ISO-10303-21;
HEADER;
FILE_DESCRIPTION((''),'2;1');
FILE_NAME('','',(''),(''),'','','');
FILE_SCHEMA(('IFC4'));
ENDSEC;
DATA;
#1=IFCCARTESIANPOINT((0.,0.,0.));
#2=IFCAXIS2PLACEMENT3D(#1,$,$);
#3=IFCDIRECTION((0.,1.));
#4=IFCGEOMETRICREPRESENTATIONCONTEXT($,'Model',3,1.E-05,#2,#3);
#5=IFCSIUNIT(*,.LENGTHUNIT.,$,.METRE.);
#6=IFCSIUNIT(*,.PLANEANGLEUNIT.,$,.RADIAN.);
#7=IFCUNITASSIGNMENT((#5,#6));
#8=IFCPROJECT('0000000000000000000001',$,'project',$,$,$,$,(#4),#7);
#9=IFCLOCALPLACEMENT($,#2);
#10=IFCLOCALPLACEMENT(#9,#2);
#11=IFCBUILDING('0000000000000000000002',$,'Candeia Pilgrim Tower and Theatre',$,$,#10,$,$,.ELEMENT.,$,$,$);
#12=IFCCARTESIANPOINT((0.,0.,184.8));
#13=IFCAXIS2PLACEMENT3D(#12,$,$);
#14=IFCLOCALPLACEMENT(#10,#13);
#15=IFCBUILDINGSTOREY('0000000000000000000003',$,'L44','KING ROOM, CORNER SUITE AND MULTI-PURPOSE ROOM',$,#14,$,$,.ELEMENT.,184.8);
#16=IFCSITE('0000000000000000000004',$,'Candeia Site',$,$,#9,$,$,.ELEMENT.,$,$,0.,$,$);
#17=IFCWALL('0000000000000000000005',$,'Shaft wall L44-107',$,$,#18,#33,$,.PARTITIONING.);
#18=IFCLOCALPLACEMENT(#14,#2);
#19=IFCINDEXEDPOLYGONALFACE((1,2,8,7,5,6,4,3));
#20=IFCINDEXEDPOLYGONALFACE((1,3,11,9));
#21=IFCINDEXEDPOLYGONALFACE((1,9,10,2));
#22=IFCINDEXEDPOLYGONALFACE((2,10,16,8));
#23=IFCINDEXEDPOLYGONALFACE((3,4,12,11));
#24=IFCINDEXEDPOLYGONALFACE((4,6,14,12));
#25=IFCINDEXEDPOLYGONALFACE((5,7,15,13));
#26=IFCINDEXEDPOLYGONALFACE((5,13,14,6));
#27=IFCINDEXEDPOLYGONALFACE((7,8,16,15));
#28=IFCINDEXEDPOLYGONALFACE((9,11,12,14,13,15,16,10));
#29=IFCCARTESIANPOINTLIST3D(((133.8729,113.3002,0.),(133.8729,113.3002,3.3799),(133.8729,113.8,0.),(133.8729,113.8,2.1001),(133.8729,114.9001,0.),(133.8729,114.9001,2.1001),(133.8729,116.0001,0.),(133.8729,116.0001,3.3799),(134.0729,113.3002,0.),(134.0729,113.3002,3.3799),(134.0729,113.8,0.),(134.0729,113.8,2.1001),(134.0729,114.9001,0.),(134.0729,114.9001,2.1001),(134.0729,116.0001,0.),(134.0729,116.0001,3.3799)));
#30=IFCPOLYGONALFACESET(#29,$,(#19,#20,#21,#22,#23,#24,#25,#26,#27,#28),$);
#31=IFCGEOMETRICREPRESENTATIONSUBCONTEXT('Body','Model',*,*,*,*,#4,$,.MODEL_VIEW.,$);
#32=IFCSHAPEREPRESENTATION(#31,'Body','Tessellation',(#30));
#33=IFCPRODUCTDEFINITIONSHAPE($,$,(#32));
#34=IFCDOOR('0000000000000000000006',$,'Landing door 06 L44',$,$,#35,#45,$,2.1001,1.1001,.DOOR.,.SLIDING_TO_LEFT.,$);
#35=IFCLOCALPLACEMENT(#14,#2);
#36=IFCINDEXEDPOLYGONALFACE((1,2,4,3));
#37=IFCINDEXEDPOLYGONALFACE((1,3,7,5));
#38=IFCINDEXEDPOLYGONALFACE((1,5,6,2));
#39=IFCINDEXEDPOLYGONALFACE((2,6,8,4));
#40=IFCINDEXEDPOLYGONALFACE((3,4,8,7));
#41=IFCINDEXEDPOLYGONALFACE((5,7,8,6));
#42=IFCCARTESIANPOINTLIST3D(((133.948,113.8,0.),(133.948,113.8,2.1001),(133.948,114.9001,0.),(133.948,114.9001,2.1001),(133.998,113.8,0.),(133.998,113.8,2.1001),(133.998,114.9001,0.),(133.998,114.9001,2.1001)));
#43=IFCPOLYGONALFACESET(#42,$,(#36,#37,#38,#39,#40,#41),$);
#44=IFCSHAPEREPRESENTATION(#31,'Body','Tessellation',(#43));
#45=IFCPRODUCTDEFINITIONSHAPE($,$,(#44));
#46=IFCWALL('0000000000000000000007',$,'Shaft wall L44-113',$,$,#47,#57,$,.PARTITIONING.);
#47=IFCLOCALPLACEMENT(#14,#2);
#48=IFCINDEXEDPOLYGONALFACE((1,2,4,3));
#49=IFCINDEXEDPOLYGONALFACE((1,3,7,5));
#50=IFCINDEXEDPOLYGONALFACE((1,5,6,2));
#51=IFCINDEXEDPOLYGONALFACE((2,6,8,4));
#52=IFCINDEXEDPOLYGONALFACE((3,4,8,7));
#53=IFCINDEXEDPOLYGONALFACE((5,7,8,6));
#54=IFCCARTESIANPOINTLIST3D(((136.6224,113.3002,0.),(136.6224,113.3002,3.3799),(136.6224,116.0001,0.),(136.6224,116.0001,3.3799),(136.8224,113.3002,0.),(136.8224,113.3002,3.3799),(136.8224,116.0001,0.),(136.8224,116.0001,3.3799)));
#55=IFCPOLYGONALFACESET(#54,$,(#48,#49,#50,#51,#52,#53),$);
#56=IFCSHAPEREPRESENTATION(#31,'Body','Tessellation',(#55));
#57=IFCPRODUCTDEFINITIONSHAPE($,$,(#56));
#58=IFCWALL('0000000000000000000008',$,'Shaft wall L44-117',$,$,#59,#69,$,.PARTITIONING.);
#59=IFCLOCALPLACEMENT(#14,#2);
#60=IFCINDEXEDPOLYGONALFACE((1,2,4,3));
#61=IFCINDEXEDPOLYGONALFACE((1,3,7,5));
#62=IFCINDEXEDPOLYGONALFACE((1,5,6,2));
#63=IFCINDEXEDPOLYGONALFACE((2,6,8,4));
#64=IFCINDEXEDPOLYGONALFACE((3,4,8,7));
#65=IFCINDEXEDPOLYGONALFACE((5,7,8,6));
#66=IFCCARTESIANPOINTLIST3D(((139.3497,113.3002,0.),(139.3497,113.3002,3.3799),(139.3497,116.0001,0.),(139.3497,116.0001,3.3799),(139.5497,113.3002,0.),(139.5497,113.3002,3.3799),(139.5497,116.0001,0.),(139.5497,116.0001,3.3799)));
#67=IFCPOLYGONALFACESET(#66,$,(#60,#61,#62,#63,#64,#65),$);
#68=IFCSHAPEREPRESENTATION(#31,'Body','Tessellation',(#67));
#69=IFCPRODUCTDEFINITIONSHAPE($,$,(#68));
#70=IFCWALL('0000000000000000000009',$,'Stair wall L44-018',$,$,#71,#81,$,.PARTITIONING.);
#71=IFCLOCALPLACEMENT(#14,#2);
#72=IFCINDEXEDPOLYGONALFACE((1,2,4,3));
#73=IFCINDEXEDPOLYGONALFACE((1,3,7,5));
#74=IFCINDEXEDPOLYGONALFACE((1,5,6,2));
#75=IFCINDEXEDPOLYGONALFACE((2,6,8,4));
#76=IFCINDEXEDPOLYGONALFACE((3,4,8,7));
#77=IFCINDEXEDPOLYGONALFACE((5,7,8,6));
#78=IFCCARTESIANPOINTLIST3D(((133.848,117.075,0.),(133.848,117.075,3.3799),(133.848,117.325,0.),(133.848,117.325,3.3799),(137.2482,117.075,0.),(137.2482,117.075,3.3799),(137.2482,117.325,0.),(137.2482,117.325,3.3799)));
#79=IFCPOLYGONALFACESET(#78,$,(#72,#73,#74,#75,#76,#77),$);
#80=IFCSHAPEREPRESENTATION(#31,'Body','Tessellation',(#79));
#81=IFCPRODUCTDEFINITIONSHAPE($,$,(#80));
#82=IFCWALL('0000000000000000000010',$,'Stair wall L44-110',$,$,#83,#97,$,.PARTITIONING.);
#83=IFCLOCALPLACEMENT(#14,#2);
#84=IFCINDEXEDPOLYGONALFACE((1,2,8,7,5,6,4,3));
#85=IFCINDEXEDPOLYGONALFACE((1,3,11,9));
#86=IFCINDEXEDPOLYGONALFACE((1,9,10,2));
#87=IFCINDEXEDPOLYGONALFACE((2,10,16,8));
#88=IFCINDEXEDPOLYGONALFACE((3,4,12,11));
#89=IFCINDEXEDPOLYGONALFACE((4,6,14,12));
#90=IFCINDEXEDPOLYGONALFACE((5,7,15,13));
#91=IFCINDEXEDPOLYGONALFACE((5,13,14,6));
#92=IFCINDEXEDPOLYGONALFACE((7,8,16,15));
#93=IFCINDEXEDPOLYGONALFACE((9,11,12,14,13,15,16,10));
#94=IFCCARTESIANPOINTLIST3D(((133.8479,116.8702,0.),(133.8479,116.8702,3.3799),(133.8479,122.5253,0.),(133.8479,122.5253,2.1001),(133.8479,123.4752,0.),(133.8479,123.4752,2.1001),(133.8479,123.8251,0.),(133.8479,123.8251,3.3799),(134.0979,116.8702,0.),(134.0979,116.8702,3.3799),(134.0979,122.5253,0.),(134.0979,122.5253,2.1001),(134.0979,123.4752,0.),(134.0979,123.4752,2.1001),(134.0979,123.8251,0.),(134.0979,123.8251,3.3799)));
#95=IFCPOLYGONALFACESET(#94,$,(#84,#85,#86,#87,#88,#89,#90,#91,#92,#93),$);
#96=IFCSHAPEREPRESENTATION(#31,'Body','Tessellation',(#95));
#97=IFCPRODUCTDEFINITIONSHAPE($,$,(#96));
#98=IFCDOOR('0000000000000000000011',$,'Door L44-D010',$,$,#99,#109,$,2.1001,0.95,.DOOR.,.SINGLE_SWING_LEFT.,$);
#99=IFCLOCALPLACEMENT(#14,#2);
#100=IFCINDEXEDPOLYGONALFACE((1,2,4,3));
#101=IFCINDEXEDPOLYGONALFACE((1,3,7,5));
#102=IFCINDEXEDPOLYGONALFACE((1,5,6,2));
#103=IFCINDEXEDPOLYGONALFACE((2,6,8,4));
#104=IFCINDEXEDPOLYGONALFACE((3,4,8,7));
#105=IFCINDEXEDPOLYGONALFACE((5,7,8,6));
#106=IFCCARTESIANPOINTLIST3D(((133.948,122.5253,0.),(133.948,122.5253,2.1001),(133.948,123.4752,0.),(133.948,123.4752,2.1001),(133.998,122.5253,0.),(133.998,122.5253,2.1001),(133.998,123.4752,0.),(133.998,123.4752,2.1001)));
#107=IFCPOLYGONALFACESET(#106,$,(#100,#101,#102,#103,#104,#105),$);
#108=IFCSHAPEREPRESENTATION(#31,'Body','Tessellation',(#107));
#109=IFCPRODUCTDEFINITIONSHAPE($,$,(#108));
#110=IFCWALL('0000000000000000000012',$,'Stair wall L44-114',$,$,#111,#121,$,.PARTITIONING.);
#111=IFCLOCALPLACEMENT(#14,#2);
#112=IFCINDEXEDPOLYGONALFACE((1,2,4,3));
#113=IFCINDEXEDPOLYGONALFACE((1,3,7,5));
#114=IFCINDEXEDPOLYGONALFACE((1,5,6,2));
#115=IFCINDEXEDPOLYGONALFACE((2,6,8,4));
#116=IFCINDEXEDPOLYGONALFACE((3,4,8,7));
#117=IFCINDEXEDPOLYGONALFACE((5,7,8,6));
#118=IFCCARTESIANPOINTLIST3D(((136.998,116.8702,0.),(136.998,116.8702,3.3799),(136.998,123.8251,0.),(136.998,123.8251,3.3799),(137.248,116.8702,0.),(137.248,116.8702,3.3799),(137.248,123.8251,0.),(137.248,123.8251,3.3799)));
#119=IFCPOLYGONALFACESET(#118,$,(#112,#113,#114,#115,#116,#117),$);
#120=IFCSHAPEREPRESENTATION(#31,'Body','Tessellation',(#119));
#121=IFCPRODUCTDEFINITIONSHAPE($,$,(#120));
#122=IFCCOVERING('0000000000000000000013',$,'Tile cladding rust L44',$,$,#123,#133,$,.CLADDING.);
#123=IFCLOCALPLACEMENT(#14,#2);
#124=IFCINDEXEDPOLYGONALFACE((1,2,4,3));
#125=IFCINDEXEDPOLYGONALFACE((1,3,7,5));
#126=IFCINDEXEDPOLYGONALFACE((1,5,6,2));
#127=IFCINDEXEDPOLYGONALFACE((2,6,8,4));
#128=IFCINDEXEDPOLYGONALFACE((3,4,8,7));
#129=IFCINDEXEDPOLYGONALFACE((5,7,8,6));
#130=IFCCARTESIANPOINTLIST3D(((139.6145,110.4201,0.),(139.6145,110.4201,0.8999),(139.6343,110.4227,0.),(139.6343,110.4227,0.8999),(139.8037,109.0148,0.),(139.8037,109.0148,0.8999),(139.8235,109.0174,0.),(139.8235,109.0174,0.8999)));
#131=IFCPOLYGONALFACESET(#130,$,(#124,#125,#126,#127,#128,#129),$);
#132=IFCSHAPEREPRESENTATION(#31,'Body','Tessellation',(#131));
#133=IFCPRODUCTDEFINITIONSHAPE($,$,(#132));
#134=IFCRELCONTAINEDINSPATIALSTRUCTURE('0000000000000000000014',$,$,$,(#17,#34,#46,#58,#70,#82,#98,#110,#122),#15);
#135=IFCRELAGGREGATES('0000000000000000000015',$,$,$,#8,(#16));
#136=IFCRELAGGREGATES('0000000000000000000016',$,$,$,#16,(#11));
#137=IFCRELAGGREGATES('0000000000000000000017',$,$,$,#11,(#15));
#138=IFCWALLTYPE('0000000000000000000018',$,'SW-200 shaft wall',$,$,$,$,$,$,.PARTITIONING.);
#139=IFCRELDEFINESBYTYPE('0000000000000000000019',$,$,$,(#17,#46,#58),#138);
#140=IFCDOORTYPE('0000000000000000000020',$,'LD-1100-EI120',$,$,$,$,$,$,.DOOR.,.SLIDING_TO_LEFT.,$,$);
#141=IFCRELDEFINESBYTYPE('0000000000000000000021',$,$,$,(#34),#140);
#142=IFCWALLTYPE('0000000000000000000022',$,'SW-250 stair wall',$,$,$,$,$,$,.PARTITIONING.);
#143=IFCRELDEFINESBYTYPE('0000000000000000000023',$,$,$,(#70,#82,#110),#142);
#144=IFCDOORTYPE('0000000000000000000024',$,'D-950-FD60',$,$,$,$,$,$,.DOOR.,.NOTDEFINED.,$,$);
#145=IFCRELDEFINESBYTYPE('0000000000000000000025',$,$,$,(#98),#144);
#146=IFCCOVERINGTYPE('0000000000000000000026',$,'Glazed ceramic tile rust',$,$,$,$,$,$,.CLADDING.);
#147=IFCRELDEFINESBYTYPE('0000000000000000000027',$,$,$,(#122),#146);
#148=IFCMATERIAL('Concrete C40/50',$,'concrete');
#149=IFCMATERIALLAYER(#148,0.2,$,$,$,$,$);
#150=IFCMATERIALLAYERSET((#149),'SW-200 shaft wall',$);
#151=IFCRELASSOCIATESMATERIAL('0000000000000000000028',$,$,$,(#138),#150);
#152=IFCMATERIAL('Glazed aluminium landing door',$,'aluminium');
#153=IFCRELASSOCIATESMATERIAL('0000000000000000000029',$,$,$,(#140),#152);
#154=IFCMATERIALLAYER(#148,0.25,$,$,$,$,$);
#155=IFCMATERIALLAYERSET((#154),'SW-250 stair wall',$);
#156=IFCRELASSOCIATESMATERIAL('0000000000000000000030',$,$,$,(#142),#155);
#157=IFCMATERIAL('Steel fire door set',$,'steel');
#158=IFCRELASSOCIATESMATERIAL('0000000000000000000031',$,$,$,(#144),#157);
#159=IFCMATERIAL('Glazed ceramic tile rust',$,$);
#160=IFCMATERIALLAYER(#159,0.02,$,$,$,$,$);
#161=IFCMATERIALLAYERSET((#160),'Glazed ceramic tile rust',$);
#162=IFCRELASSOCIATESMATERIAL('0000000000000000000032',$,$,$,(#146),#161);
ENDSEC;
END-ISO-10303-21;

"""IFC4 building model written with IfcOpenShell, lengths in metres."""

from ifc_helpers import new_model, si_unit, direction, frame, frame_2d, origin, origin_2d, place, context, subcontext, project, spatial, rectangle, extrude, material, layer, layer_set, type_object, element, fill, save


model = new_model("IFC4")

# Units and contexts
model_context = context("Model", 3, precision=1e-05, world=origin(), true_north=direction((0.0, 1.0)))
body_context = subcontext(model_context, "Body", "Model", "MODEL_VIEW")
ifc_project = project(units=[si_unit("LENGTHUNIT", "METRE"), si_unit("PLANEANGLEUNIT", "RADIAN")], contexts=[model_context])

# Site, building, storey
site_placement = place(None, origin())
site = spatial("IfcSite", under=ifc_project, at=site_placement, Name="Candeia Site", CompositionType="ELEMENT", RefElevation=0.0)
building_placement = place(site_placement, origin())
building = spatial("IfcBuilding", under=site, at=building_placement, Name="Candeia Pilgrim Tower and Theatre", CompositionType="ELEMENT")
storey_placement = place(building_placement, frame((0.0, 0.0, 184.8)))
storey = spatial("IfcBuildingStorey", under=building, at=storey_placement, Name="L44", Description="KING ROOM, CORNER SUITE AND MULTI-PURPOSE ROOM", CompositionType="ELEMENT", Elevation=184.8)

# Shared definitions
ifc_material_1 = material(Name="Steel fire door set", Category="steel")

# Wall, opening, door
ifc_material_2 = material(Name="Concrete C40/50", Category="concrete")
ifc_layer_1 = layer(ifc_material_2, 0.2)
ifc_layer_set_1 = layer_set([ifc_layer_1], Name="SW-200 shaft wall")
wall_type_1 = type_object("IfcWallType", Name="SW-200 shaft wall", PredefinedType="PARTITIONING", material=ifc_layer_set_1)
wall_1_placement = place(storey_placement, frame((133.9729, 113.3, 0.0), z_axis=(0.0, 0.0, 1.0), x_axis=(0.0, 1.0, 0.0)))
wall_1 = element("IfcWall", 1, at=wall_1_placement, inside=storey, type_object=wall_type_1, Name="Shaft wall L44-107", PredefinedType="PARTITIONING", context=body_context, shape_type="SweptSolid", body=[
    extrude(rectangle(XDim=2.7, YDim=0.2, at=frame_2d((1.3501, 0.0))), origin(), (0.0, 0.0, 1.0), 3.3799),
])
opening_1_placement = place(wall_1_placement, frame((0.5, 0.0, 0.0)))
opening_1 = element("IfcOpeningElement", 2, at=opening_1_placement, cuts=wall_1, PredefinedType="OPENING", context=body_context, shape_type="SweptSolid", body=[
    extrude(rectangle(XDim=1.1001, YDim=2.1001, at=frame_2d((0.55, 1.05))), frame((0.0, 0.1099, 0.0), z_axis=(0.0, -1.0, 0.0), x_axis=(1.0, 0.0, 0.0)), (0.0, 0.0, 1.0), 0.22),
])
ifc_material_3 = material(Name="Glazed aluminium landing door", Category="aluminium")
door_type_1 = type_object("IfcDoorType", Name="LD-1100-EI120", OperationType="SLIDING_TO_LEFT", PredefinedType="DOOR", material=ifc_material_3)
door_1_placement = place(opening_1_placement, origin())
door_1 = element("IfcDoor", 3, at=door_1_placement, inside=storey, type_object=door_type_1, Name="Landing door 06 L44", OperationType="SLIDING_TO_LEFT", OverallHeight=2.1001, OverallWidth=1.1001, PredefinedType="DOOR", context=body_context, shape_type="SweptSolid", body=[
    extrude(rectangle(XDim=1.1001, YDim=2.1001, at=frame_2d((0.55, 1.05))), frame((0.0, 0.0249, 0.0), z_axis=(0.0, -1.0, 0.0), x_axis=(1.0, 0.0, 0.0)), (0.0, 0.0, 1.0), 0.05),
])
fill(opening_1, door_1)

# Walls
for number, where, z_axis, x_axis, name in (
    (4, (136.7224, 113.3, 0.0), (0.0, 0.0, 1.0), (0.0, 1.0, 0.0), "Shaft wall L44-113"),
    (5, (139.4497, 113.3, 0.0), (0.0, 0.0, 1.0), (0.0, 1.0, 0.0), "Shaft wall L44-117"),
):
    element("IfcWall", number, at=place(storey_placement, frame(where, z_axis=z_axis, x_axis=x_axis)), inside=storey, type_object=wall_type_1, Name=name, PredefinedType="PARTITIONING", context=body_context, shape_type="SweptSolid", body=[
        extrude(rectangle(XDim=2.7, YDim=0.2, at=frame_2d((1.3501, 0.0))), origin(), (0.0, 0.0, 1.0), 3.3799),
    ])
ifc_layer_2 = layer(ifc_material_2, 0.25)
ifc_layer_set_2 = layer_set([ifc_layer_2], Name="SW-250 stair wall")
wall_type_2 = type_object("IfcWallType", Name="SW-250 stair wall", PredefinedType="PARTITIONING", material=ifc_layer_set_2)
wall_2_placement = place(storey_placement, frame((133.8479, 117.2, 0.0), z_axis=(0.0, 0.0, 1.0), x_axis=(1.0, 0.0, 0.0)))
element("IfcWall", 6, at=wall_2_placement, inside=storey, type_object=wall_type_2, Name="Stair wall L44-018", PredefinedType="PARTITIONING", context=body_context, shape_type="SweptSolid", body=[
    extrude(rectangle(XDim=3.4001, YDim=0.25, at=frame_2d((1.7002, 0.0))), origin(), (0.0, 0.0, 1.0), 3.3799),
])

# Wall, opening, door
wall_3_placement = place(storey_placement, frame((133.9729, 116.8701, 0.0), z_axis=(0.0, 0.0, 1.0), x_axis=(0.0, 1.0, 0.0)))
wall_3 = element("IfcWall", 7, at=wall_3_placement, inside=storey, type_object=wall_type_2, Name="Stair wall L44-110", PredefinedType="PARTITIONING", context=body_context, shape_type="SweptSolid", body=[
    extrude(rectangle(XDim=6.9548, YDim=0.25, at=frame_2d((3.4775, 0.0))), origin(), (0.0, 0.0, 1.0), 3.3799),
])
opening_2_placement = place(wall_3_placement, frame((5.655, 0.0, 0.0)))
opening_2 = element("IfcOpeningElement", 8, at=opening_2_placement, cuts=wall_3, PredefinedType="OPENING", context=body_context, shape_type="SweptSolid", body=[
    extrude(rectangle(XDim=0.95, YDim=2.1001, at=frame_2d((0.4751, 1.05))), frame((0.0, 0.135, 0.0), z_axis=(0.0, -1.0, 0.0), x_axis=(1.0, 0.0, 0.0)), (0.0, 0.0, 1.0), 0.27),
])
door_type_2 = type_object("IfcDoorType", Name="D-950-FD60", OperationType="NOTDEFINED", PredefinedType="DOOR", material=ifc_material_1)
door_2_placement = place(opening_2_placement, origin())
door_2 = element("IfcDoor", 9, at=door_2_placement, inside=storey, type_object=door_type_2, Name="Door L44-D010", OperationType="SINGLE_SWING_LEFT", OverallHeight=2.1001, OverallWidth=0.95, PredefinedType="DOOR", context=body_context, shape_type="SweptSolid", body=[
    extrude(rectangle(XDim=0.95, YDim=2.1001, at=frame_2d((0.4751, 1.05))), frame((0.0, 0.0249, 0.0), z_axis=(0.0, -1.0, 0.0), x_axis=(1.0, 0.0, 0.0)), (0.0, 0.0, 1.0), 0.05),
])
fill(opening_2, door_2)

# Wall
wall_4_placement = place(storey_placement, frame((137.123, 116.8701, 0.0), z_axis=(0.0, 0.0, 1.0), x_axis=(0.0, 1.0, 0.0)))
element("IfcWall", 10, at=wall_4_placement, inside=storey, type_object=wall_type_2, Name="Stair wall L44-114", PredefinedType="PARTITIONING", context=body_context, shape_type="SweptSolid", body=[
    extrude(rectangle(XDim=6.9548, YDim=0.25, at=frame_2d((3.4775, 0.0))), origin(), (0.0, 0.0, 1.0), 3.3799),
])

# Covering
ifc_material_4 = material(Name="Glazed ceramic tile rust")
ifc_layer_3 = layer(ifc_material_4, 0.02)
ifc_layer_set_3 = layer_set([ifc_layer_3], Name="Glazed ceramic tile rust")
covering_type = type_object("IfcCoveringType", Name="Glazed ceramic tile rust", PredefinedType="CLADDING", material=ifc_layer_set_3)
covering_placement = place(storey_placement, frame((139.719, 109.7188, 0.0), z_axis=(0.0, 0.0, 1.0), x_axis=(-0.133412, 0.991061, 0.0)))
element("IfcCovering", 11, at=covering_placement, inside=storey, type_object=covering_type, Name="Tile cladding rust L44", PredefinedType="CLADDING", context=body_context, shape_type="SweptSolid", body=[
    extrude(rectangle(XDim=1.418, YDim=0.02, at=origin_2d()), origin(), (0.0, 0.0, 1.0), 0.8999),
])

save(model, "model.ifc")
